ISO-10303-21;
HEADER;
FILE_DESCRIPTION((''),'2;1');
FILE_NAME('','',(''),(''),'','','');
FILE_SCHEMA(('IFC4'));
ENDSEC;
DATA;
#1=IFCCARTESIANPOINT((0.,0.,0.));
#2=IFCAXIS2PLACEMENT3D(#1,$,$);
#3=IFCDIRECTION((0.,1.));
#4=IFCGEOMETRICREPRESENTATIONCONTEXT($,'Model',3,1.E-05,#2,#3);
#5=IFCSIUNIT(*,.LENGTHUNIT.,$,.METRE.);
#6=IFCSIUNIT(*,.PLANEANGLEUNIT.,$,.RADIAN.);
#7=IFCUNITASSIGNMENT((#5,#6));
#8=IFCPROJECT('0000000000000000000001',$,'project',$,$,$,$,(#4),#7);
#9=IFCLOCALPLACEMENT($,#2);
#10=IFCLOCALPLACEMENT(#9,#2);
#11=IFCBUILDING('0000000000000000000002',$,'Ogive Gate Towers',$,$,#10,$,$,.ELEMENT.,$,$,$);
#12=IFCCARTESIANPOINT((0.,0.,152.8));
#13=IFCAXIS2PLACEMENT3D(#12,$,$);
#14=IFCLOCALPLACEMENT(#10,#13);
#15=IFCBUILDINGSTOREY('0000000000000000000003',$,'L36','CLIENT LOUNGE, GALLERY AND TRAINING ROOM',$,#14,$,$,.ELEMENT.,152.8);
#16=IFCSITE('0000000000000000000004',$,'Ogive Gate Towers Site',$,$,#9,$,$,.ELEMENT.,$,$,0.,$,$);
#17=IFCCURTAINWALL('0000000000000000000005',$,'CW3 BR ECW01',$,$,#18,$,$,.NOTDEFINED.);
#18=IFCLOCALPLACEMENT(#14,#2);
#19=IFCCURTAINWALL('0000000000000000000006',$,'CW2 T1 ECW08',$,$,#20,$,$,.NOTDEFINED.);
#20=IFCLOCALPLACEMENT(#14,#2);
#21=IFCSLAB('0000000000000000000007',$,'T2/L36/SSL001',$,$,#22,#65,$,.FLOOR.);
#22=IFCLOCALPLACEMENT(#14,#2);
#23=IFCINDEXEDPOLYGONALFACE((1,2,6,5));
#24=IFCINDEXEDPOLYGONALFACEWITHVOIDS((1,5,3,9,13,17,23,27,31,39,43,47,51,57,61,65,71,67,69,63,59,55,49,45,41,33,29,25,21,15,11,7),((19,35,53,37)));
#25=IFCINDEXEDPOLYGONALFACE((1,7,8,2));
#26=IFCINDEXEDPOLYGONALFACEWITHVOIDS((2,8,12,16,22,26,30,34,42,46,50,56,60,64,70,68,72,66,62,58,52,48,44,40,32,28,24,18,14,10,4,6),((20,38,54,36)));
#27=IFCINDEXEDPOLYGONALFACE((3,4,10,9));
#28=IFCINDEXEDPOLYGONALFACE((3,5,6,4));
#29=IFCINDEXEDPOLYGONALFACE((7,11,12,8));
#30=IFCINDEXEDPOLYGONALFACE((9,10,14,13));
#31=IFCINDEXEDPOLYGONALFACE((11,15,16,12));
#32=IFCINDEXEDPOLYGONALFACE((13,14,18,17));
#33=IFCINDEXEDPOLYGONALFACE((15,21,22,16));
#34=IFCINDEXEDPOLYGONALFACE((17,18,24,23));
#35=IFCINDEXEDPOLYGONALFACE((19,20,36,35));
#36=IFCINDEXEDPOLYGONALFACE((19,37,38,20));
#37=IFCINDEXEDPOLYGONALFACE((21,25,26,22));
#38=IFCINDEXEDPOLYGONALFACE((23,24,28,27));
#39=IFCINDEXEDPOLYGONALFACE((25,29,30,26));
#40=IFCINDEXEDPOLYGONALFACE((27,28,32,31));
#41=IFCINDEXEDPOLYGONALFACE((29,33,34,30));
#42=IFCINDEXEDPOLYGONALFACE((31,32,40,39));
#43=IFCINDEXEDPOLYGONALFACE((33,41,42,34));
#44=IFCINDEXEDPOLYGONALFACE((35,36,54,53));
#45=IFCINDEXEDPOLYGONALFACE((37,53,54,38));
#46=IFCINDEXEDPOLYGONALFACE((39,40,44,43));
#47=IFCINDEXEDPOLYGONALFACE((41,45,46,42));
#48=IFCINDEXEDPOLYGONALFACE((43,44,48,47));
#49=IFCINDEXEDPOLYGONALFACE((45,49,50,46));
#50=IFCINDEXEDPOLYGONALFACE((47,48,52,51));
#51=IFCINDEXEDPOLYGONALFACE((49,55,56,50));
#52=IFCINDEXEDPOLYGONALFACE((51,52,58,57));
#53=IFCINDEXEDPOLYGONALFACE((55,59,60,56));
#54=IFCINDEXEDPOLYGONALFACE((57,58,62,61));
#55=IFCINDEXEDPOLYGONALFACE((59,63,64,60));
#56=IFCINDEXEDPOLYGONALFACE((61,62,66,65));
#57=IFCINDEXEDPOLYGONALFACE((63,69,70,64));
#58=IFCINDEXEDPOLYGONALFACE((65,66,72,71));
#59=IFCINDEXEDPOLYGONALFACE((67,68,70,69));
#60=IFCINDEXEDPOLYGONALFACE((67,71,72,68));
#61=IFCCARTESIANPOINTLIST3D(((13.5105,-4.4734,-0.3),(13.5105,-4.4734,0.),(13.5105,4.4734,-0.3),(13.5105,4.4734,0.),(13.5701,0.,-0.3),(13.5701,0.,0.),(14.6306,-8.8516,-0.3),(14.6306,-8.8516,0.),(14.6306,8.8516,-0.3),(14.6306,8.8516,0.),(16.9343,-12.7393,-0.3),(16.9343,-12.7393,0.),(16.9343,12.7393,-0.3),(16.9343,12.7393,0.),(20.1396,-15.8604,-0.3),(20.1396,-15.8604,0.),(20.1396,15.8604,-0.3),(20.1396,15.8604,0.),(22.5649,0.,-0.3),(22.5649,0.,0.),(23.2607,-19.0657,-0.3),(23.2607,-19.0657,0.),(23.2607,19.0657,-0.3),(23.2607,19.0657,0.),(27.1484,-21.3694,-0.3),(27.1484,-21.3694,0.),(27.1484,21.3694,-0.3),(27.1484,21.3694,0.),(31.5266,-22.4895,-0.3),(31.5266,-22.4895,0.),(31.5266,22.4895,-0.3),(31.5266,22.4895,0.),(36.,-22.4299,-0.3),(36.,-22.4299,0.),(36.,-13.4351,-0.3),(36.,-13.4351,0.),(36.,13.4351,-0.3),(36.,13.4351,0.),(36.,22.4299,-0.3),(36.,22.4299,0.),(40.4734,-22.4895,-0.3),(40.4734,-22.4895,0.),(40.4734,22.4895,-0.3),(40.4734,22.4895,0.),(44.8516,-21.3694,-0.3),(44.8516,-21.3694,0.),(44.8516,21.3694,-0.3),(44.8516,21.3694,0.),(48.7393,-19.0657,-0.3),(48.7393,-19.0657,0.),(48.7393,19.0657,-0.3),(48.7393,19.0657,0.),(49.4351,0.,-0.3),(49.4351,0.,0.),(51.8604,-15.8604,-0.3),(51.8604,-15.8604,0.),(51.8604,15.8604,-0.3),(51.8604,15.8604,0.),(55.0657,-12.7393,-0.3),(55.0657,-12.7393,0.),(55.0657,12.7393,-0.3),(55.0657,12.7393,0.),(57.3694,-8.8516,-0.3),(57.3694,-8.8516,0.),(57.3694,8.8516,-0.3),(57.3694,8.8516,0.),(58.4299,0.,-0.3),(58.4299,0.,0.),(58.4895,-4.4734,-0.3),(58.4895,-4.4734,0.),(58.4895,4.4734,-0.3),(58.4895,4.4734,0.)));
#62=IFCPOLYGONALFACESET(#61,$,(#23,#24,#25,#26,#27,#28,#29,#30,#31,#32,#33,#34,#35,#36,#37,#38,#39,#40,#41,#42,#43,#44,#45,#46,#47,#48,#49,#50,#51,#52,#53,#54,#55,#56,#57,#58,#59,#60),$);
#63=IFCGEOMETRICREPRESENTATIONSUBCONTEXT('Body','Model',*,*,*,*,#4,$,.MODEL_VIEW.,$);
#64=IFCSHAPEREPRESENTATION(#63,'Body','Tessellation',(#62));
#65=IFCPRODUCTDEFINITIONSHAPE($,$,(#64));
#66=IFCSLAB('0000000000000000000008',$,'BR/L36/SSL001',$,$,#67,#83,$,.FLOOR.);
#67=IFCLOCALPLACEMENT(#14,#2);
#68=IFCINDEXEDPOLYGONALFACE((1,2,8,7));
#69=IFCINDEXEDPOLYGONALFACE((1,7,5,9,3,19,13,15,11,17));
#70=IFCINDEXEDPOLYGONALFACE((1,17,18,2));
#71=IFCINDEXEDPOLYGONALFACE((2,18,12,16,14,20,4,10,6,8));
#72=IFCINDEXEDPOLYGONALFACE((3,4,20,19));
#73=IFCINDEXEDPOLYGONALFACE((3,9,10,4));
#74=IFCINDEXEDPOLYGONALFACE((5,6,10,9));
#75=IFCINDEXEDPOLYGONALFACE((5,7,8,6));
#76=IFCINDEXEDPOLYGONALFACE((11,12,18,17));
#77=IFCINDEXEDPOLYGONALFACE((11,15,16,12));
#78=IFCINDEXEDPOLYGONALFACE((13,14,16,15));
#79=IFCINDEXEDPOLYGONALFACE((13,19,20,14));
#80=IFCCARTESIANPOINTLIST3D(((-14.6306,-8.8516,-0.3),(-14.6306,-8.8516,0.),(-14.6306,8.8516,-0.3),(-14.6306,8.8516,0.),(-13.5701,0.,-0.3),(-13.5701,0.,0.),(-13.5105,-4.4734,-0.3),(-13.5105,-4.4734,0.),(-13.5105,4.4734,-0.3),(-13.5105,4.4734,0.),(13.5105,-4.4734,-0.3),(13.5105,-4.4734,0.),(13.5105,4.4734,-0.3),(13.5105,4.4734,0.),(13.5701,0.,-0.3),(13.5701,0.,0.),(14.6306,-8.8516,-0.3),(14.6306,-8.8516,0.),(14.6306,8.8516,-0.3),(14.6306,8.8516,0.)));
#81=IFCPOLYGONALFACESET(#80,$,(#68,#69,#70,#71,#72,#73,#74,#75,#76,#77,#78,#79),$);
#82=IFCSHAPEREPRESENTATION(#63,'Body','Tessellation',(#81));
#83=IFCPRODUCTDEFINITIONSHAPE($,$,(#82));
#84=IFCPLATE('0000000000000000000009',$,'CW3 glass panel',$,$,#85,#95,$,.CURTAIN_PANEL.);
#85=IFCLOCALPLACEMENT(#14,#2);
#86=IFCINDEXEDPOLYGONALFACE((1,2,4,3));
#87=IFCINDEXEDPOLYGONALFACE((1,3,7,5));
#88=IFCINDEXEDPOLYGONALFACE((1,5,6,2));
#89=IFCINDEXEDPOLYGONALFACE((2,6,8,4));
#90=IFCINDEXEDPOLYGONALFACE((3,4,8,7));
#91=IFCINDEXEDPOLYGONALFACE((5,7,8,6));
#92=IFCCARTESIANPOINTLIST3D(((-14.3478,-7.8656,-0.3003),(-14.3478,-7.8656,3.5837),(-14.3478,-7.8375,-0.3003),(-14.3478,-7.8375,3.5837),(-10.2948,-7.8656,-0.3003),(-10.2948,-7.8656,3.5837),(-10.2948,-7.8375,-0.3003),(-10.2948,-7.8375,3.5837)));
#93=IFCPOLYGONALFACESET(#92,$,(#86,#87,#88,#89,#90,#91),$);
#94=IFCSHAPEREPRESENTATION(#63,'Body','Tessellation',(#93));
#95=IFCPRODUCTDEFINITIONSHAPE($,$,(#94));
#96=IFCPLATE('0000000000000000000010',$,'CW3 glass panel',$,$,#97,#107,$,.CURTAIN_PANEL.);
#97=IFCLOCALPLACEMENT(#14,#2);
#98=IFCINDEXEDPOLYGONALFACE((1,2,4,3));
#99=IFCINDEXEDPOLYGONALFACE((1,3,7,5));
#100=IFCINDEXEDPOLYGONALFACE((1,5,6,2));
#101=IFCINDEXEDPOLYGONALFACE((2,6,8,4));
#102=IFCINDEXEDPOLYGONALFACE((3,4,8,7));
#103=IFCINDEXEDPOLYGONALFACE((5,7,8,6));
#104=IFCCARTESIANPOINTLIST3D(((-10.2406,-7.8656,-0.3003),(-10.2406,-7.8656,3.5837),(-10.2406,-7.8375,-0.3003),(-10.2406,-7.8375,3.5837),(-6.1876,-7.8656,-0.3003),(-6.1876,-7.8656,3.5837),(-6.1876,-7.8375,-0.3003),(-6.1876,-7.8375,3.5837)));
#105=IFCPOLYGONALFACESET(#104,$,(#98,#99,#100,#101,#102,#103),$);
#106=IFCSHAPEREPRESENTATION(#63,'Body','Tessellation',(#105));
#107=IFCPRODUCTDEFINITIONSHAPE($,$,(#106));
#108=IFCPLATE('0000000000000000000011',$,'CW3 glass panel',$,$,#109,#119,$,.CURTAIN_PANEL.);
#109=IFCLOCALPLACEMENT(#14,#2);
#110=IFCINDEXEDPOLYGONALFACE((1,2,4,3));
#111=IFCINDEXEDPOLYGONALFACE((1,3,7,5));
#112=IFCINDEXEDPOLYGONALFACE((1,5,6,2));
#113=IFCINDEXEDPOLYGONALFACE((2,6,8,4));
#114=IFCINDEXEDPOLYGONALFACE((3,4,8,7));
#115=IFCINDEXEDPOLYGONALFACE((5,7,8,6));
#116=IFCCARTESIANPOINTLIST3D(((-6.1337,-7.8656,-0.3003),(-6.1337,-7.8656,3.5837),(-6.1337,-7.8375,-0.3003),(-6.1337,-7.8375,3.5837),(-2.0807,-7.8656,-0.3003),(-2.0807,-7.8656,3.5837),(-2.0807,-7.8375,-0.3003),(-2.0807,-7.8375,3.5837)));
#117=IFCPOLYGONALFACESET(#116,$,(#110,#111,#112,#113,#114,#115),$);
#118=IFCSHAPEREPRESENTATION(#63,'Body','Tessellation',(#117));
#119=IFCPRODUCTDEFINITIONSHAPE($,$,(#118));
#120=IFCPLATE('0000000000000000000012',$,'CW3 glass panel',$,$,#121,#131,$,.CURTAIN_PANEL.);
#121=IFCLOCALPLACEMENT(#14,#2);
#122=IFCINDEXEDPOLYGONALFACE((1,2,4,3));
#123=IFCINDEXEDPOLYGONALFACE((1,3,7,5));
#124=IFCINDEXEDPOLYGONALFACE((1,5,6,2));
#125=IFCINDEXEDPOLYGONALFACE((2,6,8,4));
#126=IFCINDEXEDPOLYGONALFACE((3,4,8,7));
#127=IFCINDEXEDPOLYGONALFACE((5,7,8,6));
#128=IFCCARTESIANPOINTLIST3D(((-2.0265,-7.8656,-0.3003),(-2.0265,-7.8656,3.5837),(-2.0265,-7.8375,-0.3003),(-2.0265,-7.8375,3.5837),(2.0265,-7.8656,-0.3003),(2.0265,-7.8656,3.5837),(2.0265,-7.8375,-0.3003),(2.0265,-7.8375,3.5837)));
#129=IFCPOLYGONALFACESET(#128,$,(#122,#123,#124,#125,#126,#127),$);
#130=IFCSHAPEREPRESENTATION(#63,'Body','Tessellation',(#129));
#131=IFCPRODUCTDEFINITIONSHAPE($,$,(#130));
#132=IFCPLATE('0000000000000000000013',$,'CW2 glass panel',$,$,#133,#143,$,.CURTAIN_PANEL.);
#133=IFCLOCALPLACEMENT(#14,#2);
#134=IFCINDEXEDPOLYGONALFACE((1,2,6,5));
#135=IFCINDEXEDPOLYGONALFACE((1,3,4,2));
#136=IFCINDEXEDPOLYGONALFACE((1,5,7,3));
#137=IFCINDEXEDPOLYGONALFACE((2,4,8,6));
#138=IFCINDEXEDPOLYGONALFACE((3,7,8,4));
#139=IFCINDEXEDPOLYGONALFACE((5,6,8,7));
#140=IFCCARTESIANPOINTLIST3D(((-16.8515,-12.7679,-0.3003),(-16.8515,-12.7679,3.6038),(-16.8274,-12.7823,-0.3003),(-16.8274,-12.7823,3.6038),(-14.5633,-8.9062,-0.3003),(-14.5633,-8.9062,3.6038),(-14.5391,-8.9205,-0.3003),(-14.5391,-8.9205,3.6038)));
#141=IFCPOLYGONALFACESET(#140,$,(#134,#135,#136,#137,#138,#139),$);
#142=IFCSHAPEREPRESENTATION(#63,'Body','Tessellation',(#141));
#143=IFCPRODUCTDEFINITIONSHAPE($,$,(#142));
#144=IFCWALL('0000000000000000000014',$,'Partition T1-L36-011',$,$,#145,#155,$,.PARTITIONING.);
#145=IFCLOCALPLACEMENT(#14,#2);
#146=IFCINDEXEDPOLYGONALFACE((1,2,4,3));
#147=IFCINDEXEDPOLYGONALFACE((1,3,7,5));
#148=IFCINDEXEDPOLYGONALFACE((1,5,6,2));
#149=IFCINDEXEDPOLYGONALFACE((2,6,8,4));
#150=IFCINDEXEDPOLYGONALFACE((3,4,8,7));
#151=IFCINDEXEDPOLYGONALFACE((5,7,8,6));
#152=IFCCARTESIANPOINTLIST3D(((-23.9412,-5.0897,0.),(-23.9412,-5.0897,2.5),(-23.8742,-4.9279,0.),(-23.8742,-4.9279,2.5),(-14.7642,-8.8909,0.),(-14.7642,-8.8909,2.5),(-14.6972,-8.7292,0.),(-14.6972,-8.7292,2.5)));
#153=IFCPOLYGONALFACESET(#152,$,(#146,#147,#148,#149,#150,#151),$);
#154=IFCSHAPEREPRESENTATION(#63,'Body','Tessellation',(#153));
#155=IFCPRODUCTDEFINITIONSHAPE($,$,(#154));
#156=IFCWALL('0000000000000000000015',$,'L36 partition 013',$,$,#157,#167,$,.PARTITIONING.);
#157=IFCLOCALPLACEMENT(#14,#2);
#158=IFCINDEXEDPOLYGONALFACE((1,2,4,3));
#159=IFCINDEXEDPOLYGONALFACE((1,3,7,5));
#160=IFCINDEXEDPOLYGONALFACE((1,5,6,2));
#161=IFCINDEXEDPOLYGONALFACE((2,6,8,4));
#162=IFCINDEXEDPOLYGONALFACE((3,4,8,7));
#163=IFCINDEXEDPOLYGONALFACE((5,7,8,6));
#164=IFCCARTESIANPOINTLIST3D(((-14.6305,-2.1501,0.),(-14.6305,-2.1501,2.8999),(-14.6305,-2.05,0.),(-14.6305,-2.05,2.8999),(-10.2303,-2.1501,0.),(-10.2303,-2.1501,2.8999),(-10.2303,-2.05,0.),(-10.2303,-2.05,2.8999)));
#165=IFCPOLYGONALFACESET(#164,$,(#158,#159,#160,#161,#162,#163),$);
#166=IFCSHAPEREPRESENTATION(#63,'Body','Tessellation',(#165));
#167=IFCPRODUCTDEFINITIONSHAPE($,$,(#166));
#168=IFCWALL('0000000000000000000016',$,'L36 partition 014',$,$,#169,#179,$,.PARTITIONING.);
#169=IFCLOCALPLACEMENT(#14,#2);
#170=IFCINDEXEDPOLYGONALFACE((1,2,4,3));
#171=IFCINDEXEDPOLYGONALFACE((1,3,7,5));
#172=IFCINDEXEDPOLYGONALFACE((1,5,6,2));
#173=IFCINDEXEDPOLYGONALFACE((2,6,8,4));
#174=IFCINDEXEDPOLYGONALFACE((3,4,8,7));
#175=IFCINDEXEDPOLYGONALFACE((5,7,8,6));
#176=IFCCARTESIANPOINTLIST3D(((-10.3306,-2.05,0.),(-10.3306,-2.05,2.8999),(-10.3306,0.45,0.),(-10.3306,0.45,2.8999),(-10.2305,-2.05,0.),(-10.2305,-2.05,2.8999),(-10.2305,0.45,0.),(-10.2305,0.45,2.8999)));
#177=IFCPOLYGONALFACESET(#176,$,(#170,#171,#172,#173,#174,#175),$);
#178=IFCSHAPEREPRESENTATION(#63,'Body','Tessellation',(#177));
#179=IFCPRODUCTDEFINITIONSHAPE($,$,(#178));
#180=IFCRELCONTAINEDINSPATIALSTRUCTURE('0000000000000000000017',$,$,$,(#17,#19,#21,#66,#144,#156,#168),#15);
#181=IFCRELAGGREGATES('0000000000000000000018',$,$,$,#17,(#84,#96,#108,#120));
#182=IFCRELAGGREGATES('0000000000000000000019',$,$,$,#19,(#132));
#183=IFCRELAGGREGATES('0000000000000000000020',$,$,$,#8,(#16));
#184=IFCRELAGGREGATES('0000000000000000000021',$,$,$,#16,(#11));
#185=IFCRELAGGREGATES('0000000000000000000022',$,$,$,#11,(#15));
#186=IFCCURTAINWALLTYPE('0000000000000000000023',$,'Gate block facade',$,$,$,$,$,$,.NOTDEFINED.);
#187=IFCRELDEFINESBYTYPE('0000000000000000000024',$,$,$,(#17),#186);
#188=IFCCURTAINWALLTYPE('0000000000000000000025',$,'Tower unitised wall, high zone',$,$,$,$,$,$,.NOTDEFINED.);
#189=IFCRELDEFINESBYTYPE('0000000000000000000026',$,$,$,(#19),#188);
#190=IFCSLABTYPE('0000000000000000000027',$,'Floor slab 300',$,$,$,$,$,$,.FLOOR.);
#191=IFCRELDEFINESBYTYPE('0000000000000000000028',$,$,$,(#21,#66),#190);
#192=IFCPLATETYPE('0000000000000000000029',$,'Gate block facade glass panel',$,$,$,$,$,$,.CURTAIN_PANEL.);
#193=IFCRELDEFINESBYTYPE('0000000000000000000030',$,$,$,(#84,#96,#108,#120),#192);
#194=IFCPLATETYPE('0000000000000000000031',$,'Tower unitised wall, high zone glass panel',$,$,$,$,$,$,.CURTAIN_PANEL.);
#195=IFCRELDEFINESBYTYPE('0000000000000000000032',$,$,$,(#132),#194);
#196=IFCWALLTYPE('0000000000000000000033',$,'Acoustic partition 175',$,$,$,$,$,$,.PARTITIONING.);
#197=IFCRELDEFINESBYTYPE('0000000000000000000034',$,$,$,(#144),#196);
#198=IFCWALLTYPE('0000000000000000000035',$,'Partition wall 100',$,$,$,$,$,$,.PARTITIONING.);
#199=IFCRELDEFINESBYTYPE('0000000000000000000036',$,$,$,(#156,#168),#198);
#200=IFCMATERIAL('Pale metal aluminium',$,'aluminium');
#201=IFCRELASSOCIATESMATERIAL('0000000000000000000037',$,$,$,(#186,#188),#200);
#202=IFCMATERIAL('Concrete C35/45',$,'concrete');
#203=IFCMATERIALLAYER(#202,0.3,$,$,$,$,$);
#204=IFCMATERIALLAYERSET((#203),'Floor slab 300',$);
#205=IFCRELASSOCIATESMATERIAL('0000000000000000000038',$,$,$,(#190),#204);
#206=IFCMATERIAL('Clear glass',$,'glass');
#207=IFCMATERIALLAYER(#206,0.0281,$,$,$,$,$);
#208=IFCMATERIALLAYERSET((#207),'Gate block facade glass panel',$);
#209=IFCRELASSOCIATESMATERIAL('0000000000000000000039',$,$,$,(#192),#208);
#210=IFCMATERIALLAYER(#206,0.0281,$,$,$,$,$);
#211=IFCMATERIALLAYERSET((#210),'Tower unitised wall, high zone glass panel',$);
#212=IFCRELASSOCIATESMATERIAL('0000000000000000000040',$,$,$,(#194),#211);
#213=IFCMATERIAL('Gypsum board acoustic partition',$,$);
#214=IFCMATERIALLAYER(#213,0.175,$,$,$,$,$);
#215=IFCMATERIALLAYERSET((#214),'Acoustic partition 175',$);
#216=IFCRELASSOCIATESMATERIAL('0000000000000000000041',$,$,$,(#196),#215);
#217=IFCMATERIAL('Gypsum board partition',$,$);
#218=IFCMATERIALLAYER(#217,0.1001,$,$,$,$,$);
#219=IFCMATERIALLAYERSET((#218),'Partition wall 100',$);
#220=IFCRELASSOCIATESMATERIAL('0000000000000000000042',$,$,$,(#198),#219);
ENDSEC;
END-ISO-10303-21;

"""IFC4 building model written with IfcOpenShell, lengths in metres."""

from ifc_helpers import new_model, si_unit, direction, frame, frame_2d, origin, origin_2d, place, context, subcontext, project, spatial, polyline, rectangle, outline, extrude, material, layer, layer_set, type_object, element, aggregate, save


model = new_model("IFC4")

# Units and contexts
model_context = context("Model", 3, precision=1e-05, world=origin(), true_north=direction((0.0, 1.0)))
body_context = subcontext(model_context, "Body", "Model", "MODEL_VIEW")
ifc_project = project(units=[si_unit("LENGTHUNIT", "METRE"), si_unit("PLANEANGLEUNIT", "RADIAN")], contexts=[model_context])

# Site, building, storey
site_placement = place(None, origin())
site = spatial("IfcSite", under=ifc_project, at=site_placement, Name="Ogive Gate Towers Site", CompositionType="ELEMENT", RefElevation=0.0)
building_placement = place(site_placement, origin())
building = spatial("IfcBuilding", under=site, at=building_placement, Name="Ogive Gate Towers", CompositionType="ELEMENT")
storey_placement = place(building_placement, frame((0.0, 0.0, 152.8)))
storey = spatial("IfcBuildingStorey", under=building, at=storey_placement, Name="L36", Description="CLIENT LOUNGE, GALLERY AND TRAINING ROOM", CompositionType="ELEMENT", Elevation=152.8)

# Curtain walls
ifc_material_1 = material(Name="Pale metal aluminium", Category="aluminium")
curtain_wall_type_1 = type_object("IfcCurtainWallType", Name="Gate block facade", PredefinedType="NOTDEFINED", material=ifc_material_1)
curtain_wall_1_placement = place(storey_placement, origin())
curtain_wall_1 = element("IfcCurtainWall", 1, at=curtain_wall_1_placement, inside=storey, type_object=curtain_wall_type_1, Name="CW3 BR ECW01", PredefinedType="NOTDEFINED")
curtain_wall_type_2 = type_object("IfcCurtainWallType", Name="Tower unitised wall, high zone", PredefinedType="NOTDEFINED", material=ifc_material_1)
curtain_wall_2_placement = place(storey_placement, origin())
curtain_wall_2 = element("IfcCurtainWall", 2, at=curtain_wall_2_placement, inside=storey, type_object=curtain_wall_type_2, Name="CW2 T1 ECW08", PredefinedType="NOTDEFINED")

# Slabs
ifc_material_2 = material(Name="Concrete C35/45", Category="concrete")
ifc_layer_1 = layer(ifc_material_2, 0.3)
ifc_layer_set_1 = layer_set([ifc_layer_1], Name="Floor slab 300")
slab_type = type_object("IfcSlabType", Name="Floor slab 300", PredefinedType="FLOOR", material=ifc_layer_set_1)
slab_1_placement = place(storey_placement, frame((0.0, 0.0, -0.3)))
element("IfcSlab", 3, at=slab_1_placement, inside=storey, type_object=slab_type, Name="T2/L36/SSL001", PredefinedType="FLOOR", context=body_context, shape_type="SweptSolid", body=[
    extrude(outline(polyline([(58.4895, -4.4734), (58.4299, 0.0), (58.4895, 4.4734), (57.3694, 8.8516), (55.0657, 12.7393), (51.8604, 15.8604), (48.7393, 19.0657), (44.8516, 21.3694), (40.4734, 22.4895), (36.0, 22.4299), (31.5266, 22.4895), (27.1484, 21.3694), (23.2607, 19.0657), (20.1396, 15.8604), (16.9343, 12.7393), (14.6306, 8.8516), (13.5105, 4.4734), (13.5701, 0.0), (13.5105, -4.4734), (14.6306, -8.8516), (16.9343, -12.7393), (20.1396, -15.8604), (23.2607, -19.0657), (27.1484, -21.3694), (31.5266, -22.4895), (36.0, -22.4299), (40.4734, -22.4895), (44.8516, -21.3694), (48.7393, -19.0657), (51.8604, -15.8604), (55.0657, -12.7393), (57.3694, -8.8516), (58.4895, -4.4734)]), holes=[polyline([(49.4351, 0.0), (36.0, -13.4351), (22.5649, 0.0), (36.0, 13.4351), (49.4351, 0.0)])]), origin(), (0.0, 0.0, 1.0), 0.3),
])
slab_2_placement = place(storey_placement, frame((0.0, 0.0, -0.3)))
element("IfcSlab", 4, at=slab_2_placement, inside=storey, type_object=slab_type, Name="BR/L36/SSL001", PredefinedType="FLOOR", context=body_context, shape_type="SweptSolid", body=[
    extrude(outline(polyline([(-14.6306, -8.8516), (14.6306, -8.8516), (14.6306, -8.8516), (13.5105, -4.4734), (13.5701, 0.0), (13.5105, 4.4734), (14.6306, 8.8516), (-14.6306, 8.8516), (-13.5105, 4.4734), (-13.5701, 0.0), (-13.5105, -4.4734), (-14.6306, -8.8516), (-14.6306, -8.8516)])), origin(), (0.0, 0.0, 1.0), 0.3),
])

# Plates
ifc_material_3 = material(Name="Clear glass", Category="glass")
ifc_layer_2 = layer(ifc_material_3, 0.0281)
ifc_layer_set_2 = layer_set([ifc_layer_2], Name="Gate block facade glass panel")
plate_type_1 = type_object("IfcPlateType", Name="Gate block facade glass panel", PredefinedType="CURTAIN_PANEL", material=ifc_layer_set_2)
plate_1_placement = place(storey_placement, frame((-12.3213, -7.8516, -0.3003), z_axis=(0.0, 0.0, 1.0), x_axis=(1.0, 0.0, 0.0)))
plate_1 = element("IfcPlate", 5, at=plate_1_placement, type_object=plate_type_1, Name="CW3 glass panel", PredefinedType="CURTAIN_PANEL", context=body_context, shape_type="SweptSolid", body=[
    extrude(rectangle(XDim=4.053, YDim=0.0281, at=origin_2d()), origin(), (0.0, 0.0, 1.0), 3.884),
])
plate_2_placement = place(storey_placement, frame((-8.2141, -7.8516, -0.3003), z_axis=(0.0, 0.0, 1.0), x_axis=(1.0, 0.0, 0.0)))
plate_2 = element("IfcPlate", 6, at=plate_2_placement, type_object=plate_type_1, Name="CW3 glass panel", PredefinedType="CURTAIN_PANEL", context=body_context, shape_type="SweptSolid", body=[
    extrude(rectangle(XDim=4.053, YDim=0.0281, at=origin_2d()), origin(), (0.0, 0.0, 1.0), 3.884),
])
plate_3_placement = place(storey_placement, frame((-4.1072, -7.8516, -0.3003), z_axis=(0.0, 0.0, 1.0), x_axis=(1.0, 0.0, 0.0)))
plate_3 = element("IfcPlate", 7, at=plate_3_placement, type_object=plate_type_1, Name="CW3 glass panel", PredefinedType="CURTAIN_PANEL", context=body_context, shape_type="SweptSolid", body=[
    extrude(rectangle(XDim=4.053, YDim=0.0281, at=origin_2d()), origin(), (0.0, 0.0, 1.0), 3.884),
])
plate_4_placement = place(storey_placement, frame((0.0, -7.8516, -0.3003), z_axis=(0.0, 0.0, 1.0), x_axis=(1.0, 0.0, 0.0)))
plate_4 = element("IfcPlate", 8, at=plate_4_placement, type_object=plate_type_1, Name="CW3 glass panel", PredefinedType="CURTAIN_PANEL", context=body_context, shape_type="SweptSolid", body=[
    extrude(rectangle(XDim=4.053, YDim=0.0281, at=origin_2d()), origin(), (0.0, 0.0, 1.0), 3.884),
])
aggregate(curtain_wall_1, [plate_1, plate_2, plate_3, plate_4])
ifc_layer_3 = layer(ifc_material_3, 0.0281)
ifc_layer_set_3 = layer_set([ifc_layer_3], Name="Tower unitised wall, high zone glass panel")
plate_type_2 = type_object("IfcPlateType", Name="Tower unitised wall, high zone glass panel", PredefinedType="CURTAIN_PANEL", material=ifc_layer_set_3)
plate_5_placement = place(storey_placement, frame((-15.6953, -10.8442, -0.3003), z_axis=(0.0, 0.0, 1.0), x_axis=(0.509777, 0.860306, 0.0)))
plate_5 = element("IfcPlate", 9, at=plate_5_placement, type_object=plate_type_2, Name="CW2 glass panel", PredefinedType="CURTAIN_PANEL", context=body_context, shape_type="SweptSolid", body=[
    extrude(rectangle(XDim=4.4888, YDim=0.0281, at=origin_2d()), origin(), (0.0, 0.0, 1.0), 3.9041),
])
aggregate(curtain_wall_2, [plate_5])

# Walls
ifc_material_4 = material(Name="Gypsum board acoustic partition")
ifc_layer_4 = layer(ifc_material_4, 0.175)
ifc_layer_set_4 = layer_set([ifc_layer_4], Name="Acoustic partition 175")
wall_type_1 = type_object("IfcWallType", Name="Acoustic partition 175", PredefinedType="PARTITIONING", material=ifc_layer_set_4)
wall_1_placement = place(storey_placement, frame((-14.7307, -8.8101, 0.0), z_axis=(0.0, 0.0, 1.0), x_axis=(-0.923878, 0.382686, 0.0)))
element("IfcWall", 10, at=wall_1_placement, inside=storey, type_object=wall_type_1, Name="Partition T1-L36-011", PredefinedType="PARTITIONING", context=body_context, shape_type="SweptSolid", body=[
    extrude(rectangle(XDim=9.9331, YDim=0.175, at=frame_2d((4.9666, 0.0))), origin(), (0.0, 0.0, 1.0), 2.5),
])
ifc_material_5 = material(Name="Gypsum board partition")
ifc_layer_5 = layer(ifc_material_5, 0.1001)
ifc_layer_set_5 = layer_set([ifc_layer_5], Name="Partition wall 100")
wall_type_2 = type_object("IfcWallType", Name="Partition wall 100", PredefinedType="PARTITIONING", material=ifc_layer_set_5)
wall_2_placement = place(storey_placement, frame((-14.6306, -2.1001, 0.0), z_axis=(0.0, 0.0, 1.0), x_axis=(1.0, 0.0, 0.0)))
element("IfcWall", 11, at=wall_2_placement, inside=storey, type_object=wall_type_2, Name="L36 partition 013", PredefinedType="PARTITIONING", context=body_context, shape_type="SweptSolid", body=[
    extrude(rectangle(XDim=4.4001, YDim=0.1001, at=frame_2d((2.2002, 0.0))), origin(), (0.0, 0.0, 1.0), 2.8999),
])
wall_3_placement = place(storey_placement, frame((-10.2805, -2.05, 0.0), z_axis=(0.0, 0.0, 1.0), x_axis=(0.0, 1.0, 0.0)))
element("IfcWall", 12, at=wall_3_placement, inside=storey, type_object=wall_type_2, Name="L36 partition 014", PredefinedType="PARTITIONING", context=body_context, shape_type="SweptSolid", body=[
    extrude(rectangle(XDim=2.5, YDim=0.1001, at=frame_2d((1.25, 0.0))), origin(), (0.0, 0.0, 1.0), 2.8999),
])

save(model, "model.ifc")
